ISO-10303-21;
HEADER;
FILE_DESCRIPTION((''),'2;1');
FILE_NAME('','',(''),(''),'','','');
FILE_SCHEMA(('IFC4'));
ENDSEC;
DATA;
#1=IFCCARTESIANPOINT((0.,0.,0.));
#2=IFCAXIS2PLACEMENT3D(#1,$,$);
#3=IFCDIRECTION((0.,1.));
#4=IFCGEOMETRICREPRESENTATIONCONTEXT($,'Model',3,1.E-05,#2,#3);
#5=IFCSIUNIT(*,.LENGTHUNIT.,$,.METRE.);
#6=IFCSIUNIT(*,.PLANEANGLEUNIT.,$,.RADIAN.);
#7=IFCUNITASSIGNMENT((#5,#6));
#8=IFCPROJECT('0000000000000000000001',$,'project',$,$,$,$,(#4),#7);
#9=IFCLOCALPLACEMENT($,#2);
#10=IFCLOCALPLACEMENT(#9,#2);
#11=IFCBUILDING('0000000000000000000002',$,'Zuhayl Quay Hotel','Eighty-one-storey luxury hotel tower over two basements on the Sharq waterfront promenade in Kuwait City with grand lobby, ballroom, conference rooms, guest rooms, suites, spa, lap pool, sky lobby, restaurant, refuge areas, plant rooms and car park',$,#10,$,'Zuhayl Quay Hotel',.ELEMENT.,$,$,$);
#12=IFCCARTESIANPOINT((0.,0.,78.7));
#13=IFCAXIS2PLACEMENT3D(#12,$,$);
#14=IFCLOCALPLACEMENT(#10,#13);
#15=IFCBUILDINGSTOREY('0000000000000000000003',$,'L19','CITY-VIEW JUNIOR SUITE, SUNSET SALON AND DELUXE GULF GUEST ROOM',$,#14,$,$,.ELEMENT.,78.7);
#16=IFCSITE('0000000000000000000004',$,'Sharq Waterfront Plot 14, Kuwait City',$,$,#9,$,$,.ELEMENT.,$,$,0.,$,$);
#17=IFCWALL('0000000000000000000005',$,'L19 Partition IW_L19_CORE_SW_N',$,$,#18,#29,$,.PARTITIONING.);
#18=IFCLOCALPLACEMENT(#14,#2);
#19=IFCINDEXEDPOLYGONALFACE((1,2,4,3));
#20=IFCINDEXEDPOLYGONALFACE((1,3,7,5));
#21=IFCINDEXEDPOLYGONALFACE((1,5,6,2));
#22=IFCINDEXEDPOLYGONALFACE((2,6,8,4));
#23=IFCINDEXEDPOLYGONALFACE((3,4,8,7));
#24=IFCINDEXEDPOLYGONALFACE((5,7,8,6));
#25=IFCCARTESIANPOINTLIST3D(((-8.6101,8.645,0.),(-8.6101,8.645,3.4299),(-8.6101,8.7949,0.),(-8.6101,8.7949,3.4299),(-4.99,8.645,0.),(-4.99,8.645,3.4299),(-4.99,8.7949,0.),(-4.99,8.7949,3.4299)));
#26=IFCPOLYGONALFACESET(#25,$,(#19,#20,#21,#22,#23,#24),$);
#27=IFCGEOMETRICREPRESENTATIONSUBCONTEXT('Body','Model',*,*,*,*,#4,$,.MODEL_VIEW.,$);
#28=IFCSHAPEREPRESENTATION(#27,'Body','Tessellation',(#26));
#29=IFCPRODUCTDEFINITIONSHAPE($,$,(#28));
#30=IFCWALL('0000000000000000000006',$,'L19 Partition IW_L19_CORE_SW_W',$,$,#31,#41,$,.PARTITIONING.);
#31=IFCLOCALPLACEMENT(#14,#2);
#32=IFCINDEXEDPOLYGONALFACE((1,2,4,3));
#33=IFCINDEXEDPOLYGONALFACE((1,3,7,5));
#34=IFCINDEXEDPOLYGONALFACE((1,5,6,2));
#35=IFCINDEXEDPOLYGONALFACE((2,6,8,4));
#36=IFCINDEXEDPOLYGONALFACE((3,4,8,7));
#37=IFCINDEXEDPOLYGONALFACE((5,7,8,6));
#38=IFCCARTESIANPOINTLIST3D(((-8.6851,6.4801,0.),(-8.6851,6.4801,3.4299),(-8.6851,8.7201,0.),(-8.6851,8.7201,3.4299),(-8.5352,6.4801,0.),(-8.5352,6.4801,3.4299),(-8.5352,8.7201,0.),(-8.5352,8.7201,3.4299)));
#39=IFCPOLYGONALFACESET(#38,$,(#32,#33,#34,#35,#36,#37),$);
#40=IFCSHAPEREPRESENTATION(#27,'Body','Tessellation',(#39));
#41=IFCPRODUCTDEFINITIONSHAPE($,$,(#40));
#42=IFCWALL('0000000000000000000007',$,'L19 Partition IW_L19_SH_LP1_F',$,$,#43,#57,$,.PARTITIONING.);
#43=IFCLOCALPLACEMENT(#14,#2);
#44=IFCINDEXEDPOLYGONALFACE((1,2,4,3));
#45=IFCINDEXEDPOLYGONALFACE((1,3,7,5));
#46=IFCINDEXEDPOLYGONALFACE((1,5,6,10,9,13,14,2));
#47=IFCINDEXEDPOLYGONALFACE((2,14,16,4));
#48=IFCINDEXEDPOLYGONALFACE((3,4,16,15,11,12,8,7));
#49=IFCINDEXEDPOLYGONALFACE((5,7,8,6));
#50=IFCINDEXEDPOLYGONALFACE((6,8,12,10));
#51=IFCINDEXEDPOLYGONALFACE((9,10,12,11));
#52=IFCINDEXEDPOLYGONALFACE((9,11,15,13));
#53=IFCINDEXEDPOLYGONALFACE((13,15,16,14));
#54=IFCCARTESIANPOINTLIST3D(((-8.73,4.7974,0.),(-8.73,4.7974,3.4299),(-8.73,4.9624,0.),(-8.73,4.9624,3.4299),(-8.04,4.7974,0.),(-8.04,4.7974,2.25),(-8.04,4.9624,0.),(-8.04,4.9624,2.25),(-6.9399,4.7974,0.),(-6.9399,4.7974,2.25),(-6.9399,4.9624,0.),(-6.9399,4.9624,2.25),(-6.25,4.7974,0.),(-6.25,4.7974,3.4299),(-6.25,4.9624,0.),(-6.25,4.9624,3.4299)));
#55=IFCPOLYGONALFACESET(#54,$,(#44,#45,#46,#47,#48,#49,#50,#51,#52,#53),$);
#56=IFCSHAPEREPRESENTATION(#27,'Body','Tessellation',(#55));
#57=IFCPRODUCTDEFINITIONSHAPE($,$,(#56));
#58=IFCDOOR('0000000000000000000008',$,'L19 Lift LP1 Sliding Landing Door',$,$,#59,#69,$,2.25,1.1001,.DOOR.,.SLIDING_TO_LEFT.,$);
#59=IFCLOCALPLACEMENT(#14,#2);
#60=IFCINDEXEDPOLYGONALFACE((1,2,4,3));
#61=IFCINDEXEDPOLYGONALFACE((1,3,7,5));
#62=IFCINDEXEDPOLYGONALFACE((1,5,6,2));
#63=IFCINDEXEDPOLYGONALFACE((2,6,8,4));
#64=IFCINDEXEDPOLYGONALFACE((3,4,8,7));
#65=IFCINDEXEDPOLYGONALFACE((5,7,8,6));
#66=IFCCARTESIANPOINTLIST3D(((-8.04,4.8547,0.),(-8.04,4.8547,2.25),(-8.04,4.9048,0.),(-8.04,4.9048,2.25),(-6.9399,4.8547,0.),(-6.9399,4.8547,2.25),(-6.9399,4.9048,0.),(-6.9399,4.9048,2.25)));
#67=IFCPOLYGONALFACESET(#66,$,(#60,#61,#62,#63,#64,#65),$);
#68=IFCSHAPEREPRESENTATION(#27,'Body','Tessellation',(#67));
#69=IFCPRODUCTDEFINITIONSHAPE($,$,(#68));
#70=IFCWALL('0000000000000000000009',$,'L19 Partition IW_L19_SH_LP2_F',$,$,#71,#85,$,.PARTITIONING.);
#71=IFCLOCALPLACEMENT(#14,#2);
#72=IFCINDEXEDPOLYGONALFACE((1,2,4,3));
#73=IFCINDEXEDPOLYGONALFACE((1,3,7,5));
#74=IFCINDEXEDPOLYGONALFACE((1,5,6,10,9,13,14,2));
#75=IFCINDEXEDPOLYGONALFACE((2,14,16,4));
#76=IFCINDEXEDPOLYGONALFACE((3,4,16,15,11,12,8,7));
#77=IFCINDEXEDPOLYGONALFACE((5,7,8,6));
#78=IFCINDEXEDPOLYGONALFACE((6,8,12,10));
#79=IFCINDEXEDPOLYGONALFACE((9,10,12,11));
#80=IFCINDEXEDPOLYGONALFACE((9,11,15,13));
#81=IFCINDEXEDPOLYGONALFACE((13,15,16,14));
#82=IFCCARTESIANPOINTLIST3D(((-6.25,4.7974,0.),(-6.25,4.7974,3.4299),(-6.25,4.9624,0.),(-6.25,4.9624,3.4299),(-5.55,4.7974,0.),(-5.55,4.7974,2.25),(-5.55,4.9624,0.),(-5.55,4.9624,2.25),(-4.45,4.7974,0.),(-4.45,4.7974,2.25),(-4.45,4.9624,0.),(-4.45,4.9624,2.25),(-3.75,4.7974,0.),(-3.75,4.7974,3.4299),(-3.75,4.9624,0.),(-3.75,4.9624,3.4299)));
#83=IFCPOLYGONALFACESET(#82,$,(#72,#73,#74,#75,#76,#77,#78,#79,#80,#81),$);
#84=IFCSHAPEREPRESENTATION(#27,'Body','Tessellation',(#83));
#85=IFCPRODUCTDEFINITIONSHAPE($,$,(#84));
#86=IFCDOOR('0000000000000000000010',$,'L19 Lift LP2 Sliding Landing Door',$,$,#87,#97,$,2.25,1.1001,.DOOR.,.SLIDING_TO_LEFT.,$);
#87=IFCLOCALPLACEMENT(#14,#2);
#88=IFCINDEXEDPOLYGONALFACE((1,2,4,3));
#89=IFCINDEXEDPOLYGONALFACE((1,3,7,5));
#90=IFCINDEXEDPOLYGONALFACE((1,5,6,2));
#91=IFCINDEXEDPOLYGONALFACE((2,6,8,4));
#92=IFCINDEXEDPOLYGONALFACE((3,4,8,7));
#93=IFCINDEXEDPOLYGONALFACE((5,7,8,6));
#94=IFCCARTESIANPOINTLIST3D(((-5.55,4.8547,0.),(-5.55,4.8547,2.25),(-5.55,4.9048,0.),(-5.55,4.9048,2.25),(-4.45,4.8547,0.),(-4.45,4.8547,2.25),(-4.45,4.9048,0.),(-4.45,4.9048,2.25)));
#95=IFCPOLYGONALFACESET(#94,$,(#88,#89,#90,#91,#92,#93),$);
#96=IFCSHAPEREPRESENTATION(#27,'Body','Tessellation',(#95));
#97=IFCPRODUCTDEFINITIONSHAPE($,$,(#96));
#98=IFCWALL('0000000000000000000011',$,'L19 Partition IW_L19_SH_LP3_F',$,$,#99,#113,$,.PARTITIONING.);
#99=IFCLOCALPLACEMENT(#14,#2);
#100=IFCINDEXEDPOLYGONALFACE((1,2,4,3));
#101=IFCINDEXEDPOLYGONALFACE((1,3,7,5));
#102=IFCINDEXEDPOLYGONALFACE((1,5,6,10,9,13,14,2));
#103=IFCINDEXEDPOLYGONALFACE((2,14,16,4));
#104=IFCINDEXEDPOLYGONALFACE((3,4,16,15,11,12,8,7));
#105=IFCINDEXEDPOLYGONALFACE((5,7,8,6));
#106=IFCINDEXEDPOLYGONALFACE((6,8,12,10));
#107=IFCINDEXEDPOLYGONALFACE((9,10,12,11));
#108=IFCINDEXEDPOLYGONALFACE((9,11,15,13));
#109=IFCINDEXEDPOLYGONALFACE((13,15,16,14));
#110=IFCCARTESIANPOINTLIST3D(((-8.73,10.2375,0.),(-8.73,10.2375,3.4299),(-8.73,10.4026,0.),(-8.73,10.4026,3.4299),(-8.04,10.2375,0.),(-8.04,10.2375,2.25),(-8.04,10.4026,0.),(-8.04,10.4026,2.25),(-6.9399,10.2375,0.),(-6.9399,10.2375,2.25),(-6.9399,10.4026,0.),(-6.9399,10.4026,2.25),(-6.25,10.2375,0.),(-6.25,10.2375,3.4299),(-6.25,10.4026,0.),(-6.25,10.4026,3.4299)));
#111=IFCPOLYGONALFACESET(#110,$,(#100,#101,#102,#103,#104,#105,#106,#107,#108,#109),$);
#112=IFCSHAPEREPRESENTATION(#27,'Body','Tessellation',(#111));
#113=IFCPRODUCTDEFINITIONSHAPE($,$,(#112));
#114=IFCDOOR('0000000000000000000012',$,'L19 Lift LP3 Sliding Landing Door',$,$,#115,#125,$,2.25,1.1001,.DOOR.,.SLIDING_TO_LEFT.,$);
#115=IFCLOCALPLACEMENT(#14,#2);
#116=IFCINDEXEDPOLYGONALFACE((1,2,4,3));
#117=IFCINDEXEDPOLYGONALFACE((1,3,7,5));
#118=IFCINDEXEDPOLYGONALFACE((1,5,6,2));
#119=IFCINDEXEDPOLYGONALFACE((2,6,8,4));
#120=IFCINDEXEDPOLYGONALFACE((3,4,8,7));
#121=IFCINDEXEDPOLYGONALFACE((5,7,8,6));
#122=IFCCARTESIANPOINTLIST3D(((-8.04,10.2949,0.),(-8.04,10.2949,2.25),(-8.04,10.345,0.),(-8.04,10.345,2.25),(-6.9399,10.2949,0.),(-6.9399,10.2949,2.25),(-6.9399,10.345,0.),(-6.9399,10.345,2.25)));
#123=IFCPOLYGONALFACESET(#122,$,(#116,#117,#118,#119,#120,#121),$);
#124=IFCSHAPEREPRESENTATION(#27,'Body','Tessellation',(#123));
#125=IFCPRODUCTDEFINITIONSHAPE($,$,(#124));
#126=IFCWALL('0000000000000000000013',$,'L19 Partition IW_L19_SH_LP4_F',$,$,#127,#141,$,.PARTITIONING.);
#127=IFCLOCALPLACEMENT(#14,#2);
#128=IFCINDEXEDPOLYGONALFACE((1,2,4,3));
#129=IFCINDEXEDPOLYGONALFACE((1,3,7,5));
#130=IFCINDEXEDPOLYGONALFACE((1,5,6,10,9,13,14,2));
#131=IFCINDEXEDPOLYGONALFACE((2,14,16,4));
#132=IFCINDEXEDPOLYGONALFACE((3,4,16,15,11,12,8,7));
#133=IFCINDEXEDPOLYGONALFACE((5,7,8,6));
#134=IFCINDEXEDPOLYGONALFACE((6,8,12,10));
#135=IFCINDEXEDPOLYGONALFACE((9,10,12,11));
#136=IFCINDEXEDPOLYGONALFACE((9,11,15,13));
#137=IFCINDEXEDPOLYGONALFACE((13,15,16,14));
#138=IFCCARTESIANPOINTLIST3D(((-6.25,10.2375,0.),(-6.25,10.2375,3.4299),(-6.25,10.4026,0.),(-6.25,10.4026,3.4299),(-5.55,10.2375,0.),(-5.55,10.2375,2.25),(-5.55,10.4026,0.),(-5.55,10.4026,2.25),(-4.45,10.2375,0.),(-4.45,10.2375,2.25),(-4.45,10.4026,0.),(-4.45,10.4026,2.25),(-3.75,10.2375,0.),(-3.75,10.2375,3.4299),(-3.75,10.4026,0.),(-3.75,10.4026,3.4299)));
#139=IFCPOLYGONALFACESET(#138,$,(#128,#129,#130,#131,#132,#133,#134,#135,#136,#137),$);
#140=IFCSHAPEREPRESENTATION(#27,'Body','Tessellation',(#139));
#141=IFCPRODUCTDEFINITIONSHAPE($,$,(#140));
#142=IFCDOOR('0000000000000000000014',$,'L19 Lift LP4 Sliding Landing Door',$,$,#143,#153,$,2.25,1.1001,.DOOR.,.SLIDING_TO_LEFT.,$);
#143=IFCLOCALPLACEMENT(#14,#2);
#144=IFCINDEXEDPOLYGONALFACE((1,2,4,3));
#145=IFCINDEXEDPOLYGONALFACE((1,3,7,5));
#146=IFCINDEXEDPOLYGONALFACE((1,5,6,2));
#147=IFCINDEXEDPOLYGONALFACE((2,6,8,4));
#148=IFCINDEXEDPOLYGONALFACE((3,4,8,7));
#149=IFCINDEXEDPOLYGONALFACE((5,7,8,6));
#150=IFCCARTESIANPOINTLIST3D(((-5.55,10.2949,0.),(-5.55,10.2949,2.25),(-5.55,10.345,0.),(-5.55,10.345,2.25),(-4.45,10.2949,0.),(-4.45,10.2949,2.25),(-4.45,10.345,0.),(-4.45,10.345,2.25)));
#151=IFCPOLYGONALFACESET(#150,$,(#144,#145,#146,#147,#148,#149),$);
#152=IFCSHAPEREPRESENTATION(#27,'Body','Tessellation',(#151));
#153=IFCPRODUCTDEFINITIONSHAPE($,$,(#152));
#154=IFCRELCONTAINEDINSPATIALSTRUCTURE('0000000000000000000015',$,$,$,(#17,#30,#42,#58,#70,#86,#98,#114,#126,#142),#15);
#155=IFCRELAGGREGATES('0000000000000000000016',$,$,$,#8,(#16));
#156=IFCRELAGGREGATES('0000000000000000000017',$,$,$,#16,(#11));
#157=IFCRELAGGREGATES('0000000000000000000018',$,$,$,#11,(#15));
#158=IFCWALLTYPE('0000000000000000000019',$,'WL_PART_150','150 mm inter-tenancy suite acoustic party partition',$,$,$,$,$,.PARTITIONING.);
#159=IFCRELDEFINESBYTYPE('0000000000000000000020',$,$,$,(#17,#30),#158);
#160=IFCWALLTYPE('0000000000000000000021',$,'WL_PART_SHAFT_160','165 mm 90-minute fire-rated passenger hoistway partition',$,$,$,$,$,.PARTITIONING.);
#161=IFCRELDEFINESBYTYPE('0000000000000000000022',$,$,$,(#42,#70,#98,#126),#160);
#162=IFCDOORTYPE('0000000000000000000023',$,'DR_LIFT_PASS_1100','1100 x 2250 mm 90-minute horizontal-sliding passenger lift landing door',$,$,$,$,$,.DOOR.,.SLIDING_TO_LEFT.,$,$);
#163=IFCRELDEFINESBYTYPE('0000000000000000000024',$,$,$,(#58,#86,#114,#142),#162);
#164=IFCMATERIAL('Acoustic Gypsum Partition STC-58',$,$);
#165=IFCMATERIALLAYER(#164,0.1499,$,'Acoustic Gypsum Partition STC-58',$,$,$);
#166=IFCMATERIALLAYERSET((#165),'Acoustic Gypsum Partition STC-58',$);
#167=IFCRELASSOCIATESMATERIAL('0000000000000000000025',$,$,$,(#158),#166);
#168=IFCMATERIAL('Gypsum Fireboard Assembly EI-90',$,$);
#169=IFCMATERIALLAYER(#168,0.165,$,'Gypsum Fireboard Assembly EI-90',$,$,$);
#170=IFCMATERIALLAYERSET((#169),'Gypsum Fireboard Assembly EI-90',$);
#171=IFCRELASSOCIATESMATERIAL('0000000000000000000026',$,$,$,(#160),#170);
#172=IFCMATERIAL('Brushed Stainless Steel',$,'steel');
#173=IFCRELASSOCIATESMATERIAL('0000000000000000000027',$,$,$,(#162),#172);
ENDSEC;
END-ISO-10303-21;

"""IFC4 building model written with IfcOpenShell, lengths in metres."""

from ifc_helpers import new_model, si_unit, direction, frame, frame_2d, origin, place, context, subcontext, project, spatial, rectangle, extrude, material, layer, layer_set, type_object, element, fill, save


model = new_model("IFC4")

# Units and contexts
model_context = context("Model", 3, precision=1e-05, world=origin(), true_north=direction((0.0, 1.0)))
body_context = subcontext(model_context, "Body", "Model", "MODEL_VIEW")
ifc_project = project(units=[si_unit("LENGTHUNIT", "METRE"), si_unit("PLANEANGLEUNIT", "RADIAN")], contexts=[model_context])

# Site, building, storey
site_placement = place(None, origin())
site = spatial("IfcSite", under=ifc_project, at=site_placement, Name="Sharq Waterfront Plot 14, Kuwait City", CompositionType="ELEMENT", RefElevation=0.0)
building_placement = place(site_placement, origin())
building = spatial("IfcBuilding", under=site, at=building_placement, Name="Zuhayl Quay Hotel", Description="Eighty-one-storey luxury hotel tower over two basements on the Sharq waterfront promenade in Kuwait City with grand lobby, ballroom, conference rooms, guest rooms, suites, spa, lap pool, sky lobby, restaurant, refuge areas, plant rooms and car park", LongName="Zuhayl Quay Hotel", CompositionType="ELEMENT")
storey_placement = place(building_placement, frame((0.0, 0.0, 78.7)))
storey = spatial("IfcBuildingStorey", under=building, at=storey_placement, Name="L19", Description="CITY-VIEW JUNIOR SUITE, SUNSET SALON AND DELUXE GULF GUEST ROOM", CompositionType="ELEMENT", Elevation=78.7)

# Shared definitions
ifc_material_1 = material(Name="Acoustic Gypsum Partition STC-58")
ifc_layer_1 = layer(ifc_material_1, 0.1499, Name="Acoustic Gypsum Partition STC-58")
ifc_layer_set_1 = layer_set([ifc_layer_1], Name="Acoustic Gypsum Partition STC-58")
wall_type_1 = type_object("IfcWallType", Name="WL_PART_150", Description="150 mm inter-tenancy suite acoustic party partition", PredefinedType="PARTITIONING", material=ifc_layer_set_1)

# Walls
wall_1_placement = place(storey_placement, frame((-8.6101, 8.72, 0.0), z_axis=(0.0, 0.0, 1.0), x_axis=(1.0, 0.0, 0.0)))
element("IfcWall", 1, at=wall_1_placement, inside=storey, type_object=wall_type_1, Name="L19 Partition IW_L19_CORE_SW_N", PredefinedType="PARTITIONING", context=body_context, shape_type="SweptSolid", body=[
    extrude(rectangle(XDim=3.6201, YDim=0.1499, at=frame_2d((1.8101, 0.0))), origin(), (0.0, 0.0, 1.0), 3.4299),
])
wall_2_placement = place(storey_placement, frame((-8.6101, 6.48, 0.0), z_axis=(0.0, 0.0, 1.0), x_axis=(0.0, 1.0, 0.0)))
element("IfcWall", 2, at=wall_2_placement, inside=storey, type_object=wall_type_1, Name="L19 Partition IW_L19_CORE_SW_W", PredefinedType="PARTITIONING", context=body_context, shape_type="SweptSolid", body=[
    extrude(rectangle(XDim=2.24, YDim=0.1499, at=frame_2d((1.1201, 0.0))), origin(), (0.0, 0.0, 1.0), 3.4299),
])

# Walls, openings, doors
ifc_material_2 = material(Name="Gypsum Fireboard Assembly EI-90")
ifc_layer_2 = layer(ifc_material_2, 0.165, Name="Gypsum Fireboard Assembly EI-90")
ifc_layer_set_2 = layer_set([ifc_layer_2], Name="Gypsum Fireboard Assembly EI-90")
wall_type_2 = type_object("IfcWallType", Name="WL_PART_SHAFT_160", Description="165 mm 90-minute fire-rated passenger hoistway partition", PredefinedType="PARTITIONING", material=ifc_layer_set_2)
wall_3_placement = place(storey_placement, frame((-8.73, 4.8799, 0.0), z_axis=(0.0, 0.0, 1.0), x_axis=(1.0, 0.0, 0.0)))
wall_3 = element("IfcWall", 3, at=wall_3_placement, inside=storey, type_object=wall_type_2, Name="L19 Partition IW_L19_SH_LP1_F", PredefinedType="PARTITIONING", context=body_context, shape_type="SweptSolid", body=[
    extrude(rectangle(XDim=2.48, YDim=0.165, at=frame_2d((1.24, 0.0))), origin(), (0.0, 0.0, 1.0), 3.4299),
])
opening_1_placement = place(wall_3_placement, frame((0.6899, 0.0, 0.0)))
opening_1 = element("IfcOpeningElement", 4, at=opening_1_placement, cuts=wall_3, PredefinedType="OPENING", context=body_context, shape_type="SweptSolid", body=[
    extrude(rectangle(XDim=1.1001, YDim=2.25, at=frame_2d((0.55, 1.125))), frame((0.0, 0.0925, 0.0), z_axis=(0.0, -1.0, 0.0), x_axis=(1.0, 0.0, 0.0)), (0.0, 0.0, 1.0), 0.1851),
])
ifc_material_3 = material(Name="Brushed Stainless Steel", Category="steel")
door_type_1 = type_object("IfcDoorType", Name="DR_LIFT_PASS_1100", Description="1100 x 2250 mm 90-minute horizontal-sliding passenger lift landing door", OperationType="SLIDING_TO_LEFT", PredefinedType="DOOR", material=ifc_material_3)
door_1_placement = place(opening_1_placement, origin())
door_1 = element("IfcDoor", 5, at=door_1_placement, inside=storey, type_object=door_type_1, Name="L19 Lift LP1 Sliding Landing Door", OperationType="SLIDING_TO_LEFT", OverallHeight=2.25, OverallWidth=1.1001, PredefinedType="DOOR", context=body_context, shape_type="SweptSolid", body=[
    extrude(rectangle(XDim=1.1001, YDim=2.25, at=frame_2d((0.55, 1.125))), frame((0.0, 0.0249, 0.0), z_axis=(0.0, -1.0, 0.0), x_axis=(1.0, 0.0, 0.0)), (0.0, 0.0, 1.0), 0.05),
])
fill(opening_1, door_1)
wall_4_placement = place(storey_placement, frame((-6.25, 4.8799, 0.0), z_axis=(0.0, 0.0, 1.0), x_axis=(1.0, 0.0, 0.0)))
wall_4 = element("IfcWall", 6, at=wall_4_placement, inside=storey, type_object=wall_type_2, Name="L19 Partition IW_L19_SH_LP2_F", PredefinedType="PARTITIONING", context=body_context, shape_type="SweptSolid", body=[
    extrude(rectangle(XDim=2.5, YDim=0.165, at=frame_2d((1.25, 0.0))), origin(), (0.0, 0.0, 1.0), 3.4299),
])
opening_2_placement = place(wall_4_placement, frame((0.7, 0.0, 0.0)))
opening_2 = element("IfcOpeningElement", 7, at=opening_2_placement, cuts=wall_4, PredefinedType="OPENING", context=body_context, shape_type="SweptSolid", body=[
    extrude(rectangle(XDim=1.1001, YDim=2.25, at=frame_2d((0.55, 1.125))), frame((0.0, 0.0925, 0.0), z_axis=(0.0, -1.0, 0.0), x_axis=(1.0, 0.0, 0.0)), (0.0, 0.0, 1.0), 0.1851),
])
door_2_placement = place(opening_2_placement, origin())
door_2 = element("IfcDoor", 8, at=door_2_placement, inside=storey, type_object=door_type_1, Name="L19 Lift LP2 Sliding Landing Door", OperationType="SLIDING_TO_LEFT", OverallHeight=2.25, OverallWidth=1.1001, PredefinedType="DOOR", context=body_context, shape_type="SweptSolid", body=[
    extrude(rectangle(XDim=1.1001, YDim=2.25, at=frame_2d((0.55, 1.125))), frame((0.0, 0.0249, 0.0), z_axis=(0.0, -1.0, 0.0), x_axis=(1.0, 0.0, 0.0)), (0.0, 0.0, 1.0), 0.05),
])
fill(opening_2, door_2)
wall_5_placement = place(storey_placement, frame((-8.73, 10.3201, 0.0), z_axis=(0.0, 0.0, 1.0), x_axis=(1.0, 0.0, 0.0)))
wall_5 = element("IfcWall", 9, at=wall_5_placement, inside=storey, type_object=wall_type_2, Name="L19 Partition IW_L19_SH_LP3_F", PredefinedType="PARTITIONING", context=body_context, shape_type="SweptSolid", body=[
    extrude(rectangle(XDim=2.48, YDim=0.165, at=frame_2d((1.24, 0.0))), origin(), (0.0, 0.0, 1.0), 3.4299),
])
opening_3_placement = place(wall_5_placement, frame((0.6899, 0.0, 0.0)))
opening_3 = element("IfcOpeningElement", 10, at=opening_3_placement, cuts=wall_5, PredefinedType="OPENING", context=body_context, shape_type="SweptSolid", body=[
    extrude(rectangle(XDim=1.1001, YDim=2.25, at=frame_2d((0.55, 1.125))), frame((0.0, 0.0925, 0.0), z_axis=(0.0, -1.0, 0.0), x_axis=(1.0, 0.0, 0.0)), (0.0, 0.0, 1.0), 0.1851),
])
door_3_placement = place(opening_3_placement, origin())
door_3 = element("IfcDoor", 11, at=door_3_placement, inside=storey, type_object=door_type_1, Name="L19 Lift LP3 Sliding Landing Door", OperationType="SLIDING_TO_LEFT", OverallHeight=2.25, OverallWidth=1.1001, PredefinedType="DOOR", context=body_context, shape_type="SweptSolid", body=[
    extrude(rectangle(XDim=1.1001, YDim=2.25, at=frame_2d((0.55, 1.125))), frame((0.0, 0.0249, 0.0), z_axis=(0.0, -1.0, 0.0), x_axis=(1.0, 0.0, 0.0)), (0.0, 0.0, 1.0), 0.05),
])
fill(opening_3, door_3)
wall_6_placement = place(storey_placement, frame((-6.25, 10.3201, 0.0), z_axis=(0.0, 0.0, 1.0), x_axis=(1.0, 0.0, 0.0)))
wall_6 = element("IfcWall", 12, at=wall_6_placement, inside=storey, type_object=wall_type_2, Name="L19 Partition IW_L19_SH_LP4_F", PredefinedType="PARTITIONING", context=body_context, shape_type="SweptSolid", body=[
    extrude(rectangle(XDim=2.5, YDim=0.165, at=frame_2d((1.25, 0.0))), origin(), (0.0, 0.0, 1.0), 3.4299),
])
opening_4_placement = place(wall_6_placement, frame((0.7, 0.0, 0.0)))
opening_4 = element("IfcOpeningElement", 13, at=opening_4_placement, cuts=wall_6, PredefinedType="OPENING", context=body_context, shape_type="SweptSolid", body=[
    extrude(rectangle(XDim=1.1001, YDim=2.25, at=frame_2d((0.55, 1.125))), frame((0.0, 0.0925, 0.0), z_axis=(0.0, -1.0, 0.0), x_axis=(1.0, 0.0, 0.0)), (0.0, 0.0, 1.0), 0.1851),
])
door_4_placement = place(opening_4_placement, origin())
door_4 = element("IfcDoor", 14, at=door_4_placement, inside=storey, type_object=door_type_1, Name="L19 Lift LP4 Sliding Landing Door", OperationType="SLIDING_TO_LEFT", OverallHeight=2.25, OverallWidth=1.1001, PredefinedType="DOOR", context=body_context, shape_type="SweptSolid", body=[
    extrude(rectangle(XDim=1.1001, YDim=2.25, at=frame_2d((0.55, 1.125))), frame((0.0, 0.0249, 0.0), z_axis=(0.0, -1.0, 0.0), x_axis=(1.0, 0.0, 0.0)), (0.0, 0.0, 1.0), 0.05),
])
fill(opening_4, door_4)

save(model, "model.ifc")
